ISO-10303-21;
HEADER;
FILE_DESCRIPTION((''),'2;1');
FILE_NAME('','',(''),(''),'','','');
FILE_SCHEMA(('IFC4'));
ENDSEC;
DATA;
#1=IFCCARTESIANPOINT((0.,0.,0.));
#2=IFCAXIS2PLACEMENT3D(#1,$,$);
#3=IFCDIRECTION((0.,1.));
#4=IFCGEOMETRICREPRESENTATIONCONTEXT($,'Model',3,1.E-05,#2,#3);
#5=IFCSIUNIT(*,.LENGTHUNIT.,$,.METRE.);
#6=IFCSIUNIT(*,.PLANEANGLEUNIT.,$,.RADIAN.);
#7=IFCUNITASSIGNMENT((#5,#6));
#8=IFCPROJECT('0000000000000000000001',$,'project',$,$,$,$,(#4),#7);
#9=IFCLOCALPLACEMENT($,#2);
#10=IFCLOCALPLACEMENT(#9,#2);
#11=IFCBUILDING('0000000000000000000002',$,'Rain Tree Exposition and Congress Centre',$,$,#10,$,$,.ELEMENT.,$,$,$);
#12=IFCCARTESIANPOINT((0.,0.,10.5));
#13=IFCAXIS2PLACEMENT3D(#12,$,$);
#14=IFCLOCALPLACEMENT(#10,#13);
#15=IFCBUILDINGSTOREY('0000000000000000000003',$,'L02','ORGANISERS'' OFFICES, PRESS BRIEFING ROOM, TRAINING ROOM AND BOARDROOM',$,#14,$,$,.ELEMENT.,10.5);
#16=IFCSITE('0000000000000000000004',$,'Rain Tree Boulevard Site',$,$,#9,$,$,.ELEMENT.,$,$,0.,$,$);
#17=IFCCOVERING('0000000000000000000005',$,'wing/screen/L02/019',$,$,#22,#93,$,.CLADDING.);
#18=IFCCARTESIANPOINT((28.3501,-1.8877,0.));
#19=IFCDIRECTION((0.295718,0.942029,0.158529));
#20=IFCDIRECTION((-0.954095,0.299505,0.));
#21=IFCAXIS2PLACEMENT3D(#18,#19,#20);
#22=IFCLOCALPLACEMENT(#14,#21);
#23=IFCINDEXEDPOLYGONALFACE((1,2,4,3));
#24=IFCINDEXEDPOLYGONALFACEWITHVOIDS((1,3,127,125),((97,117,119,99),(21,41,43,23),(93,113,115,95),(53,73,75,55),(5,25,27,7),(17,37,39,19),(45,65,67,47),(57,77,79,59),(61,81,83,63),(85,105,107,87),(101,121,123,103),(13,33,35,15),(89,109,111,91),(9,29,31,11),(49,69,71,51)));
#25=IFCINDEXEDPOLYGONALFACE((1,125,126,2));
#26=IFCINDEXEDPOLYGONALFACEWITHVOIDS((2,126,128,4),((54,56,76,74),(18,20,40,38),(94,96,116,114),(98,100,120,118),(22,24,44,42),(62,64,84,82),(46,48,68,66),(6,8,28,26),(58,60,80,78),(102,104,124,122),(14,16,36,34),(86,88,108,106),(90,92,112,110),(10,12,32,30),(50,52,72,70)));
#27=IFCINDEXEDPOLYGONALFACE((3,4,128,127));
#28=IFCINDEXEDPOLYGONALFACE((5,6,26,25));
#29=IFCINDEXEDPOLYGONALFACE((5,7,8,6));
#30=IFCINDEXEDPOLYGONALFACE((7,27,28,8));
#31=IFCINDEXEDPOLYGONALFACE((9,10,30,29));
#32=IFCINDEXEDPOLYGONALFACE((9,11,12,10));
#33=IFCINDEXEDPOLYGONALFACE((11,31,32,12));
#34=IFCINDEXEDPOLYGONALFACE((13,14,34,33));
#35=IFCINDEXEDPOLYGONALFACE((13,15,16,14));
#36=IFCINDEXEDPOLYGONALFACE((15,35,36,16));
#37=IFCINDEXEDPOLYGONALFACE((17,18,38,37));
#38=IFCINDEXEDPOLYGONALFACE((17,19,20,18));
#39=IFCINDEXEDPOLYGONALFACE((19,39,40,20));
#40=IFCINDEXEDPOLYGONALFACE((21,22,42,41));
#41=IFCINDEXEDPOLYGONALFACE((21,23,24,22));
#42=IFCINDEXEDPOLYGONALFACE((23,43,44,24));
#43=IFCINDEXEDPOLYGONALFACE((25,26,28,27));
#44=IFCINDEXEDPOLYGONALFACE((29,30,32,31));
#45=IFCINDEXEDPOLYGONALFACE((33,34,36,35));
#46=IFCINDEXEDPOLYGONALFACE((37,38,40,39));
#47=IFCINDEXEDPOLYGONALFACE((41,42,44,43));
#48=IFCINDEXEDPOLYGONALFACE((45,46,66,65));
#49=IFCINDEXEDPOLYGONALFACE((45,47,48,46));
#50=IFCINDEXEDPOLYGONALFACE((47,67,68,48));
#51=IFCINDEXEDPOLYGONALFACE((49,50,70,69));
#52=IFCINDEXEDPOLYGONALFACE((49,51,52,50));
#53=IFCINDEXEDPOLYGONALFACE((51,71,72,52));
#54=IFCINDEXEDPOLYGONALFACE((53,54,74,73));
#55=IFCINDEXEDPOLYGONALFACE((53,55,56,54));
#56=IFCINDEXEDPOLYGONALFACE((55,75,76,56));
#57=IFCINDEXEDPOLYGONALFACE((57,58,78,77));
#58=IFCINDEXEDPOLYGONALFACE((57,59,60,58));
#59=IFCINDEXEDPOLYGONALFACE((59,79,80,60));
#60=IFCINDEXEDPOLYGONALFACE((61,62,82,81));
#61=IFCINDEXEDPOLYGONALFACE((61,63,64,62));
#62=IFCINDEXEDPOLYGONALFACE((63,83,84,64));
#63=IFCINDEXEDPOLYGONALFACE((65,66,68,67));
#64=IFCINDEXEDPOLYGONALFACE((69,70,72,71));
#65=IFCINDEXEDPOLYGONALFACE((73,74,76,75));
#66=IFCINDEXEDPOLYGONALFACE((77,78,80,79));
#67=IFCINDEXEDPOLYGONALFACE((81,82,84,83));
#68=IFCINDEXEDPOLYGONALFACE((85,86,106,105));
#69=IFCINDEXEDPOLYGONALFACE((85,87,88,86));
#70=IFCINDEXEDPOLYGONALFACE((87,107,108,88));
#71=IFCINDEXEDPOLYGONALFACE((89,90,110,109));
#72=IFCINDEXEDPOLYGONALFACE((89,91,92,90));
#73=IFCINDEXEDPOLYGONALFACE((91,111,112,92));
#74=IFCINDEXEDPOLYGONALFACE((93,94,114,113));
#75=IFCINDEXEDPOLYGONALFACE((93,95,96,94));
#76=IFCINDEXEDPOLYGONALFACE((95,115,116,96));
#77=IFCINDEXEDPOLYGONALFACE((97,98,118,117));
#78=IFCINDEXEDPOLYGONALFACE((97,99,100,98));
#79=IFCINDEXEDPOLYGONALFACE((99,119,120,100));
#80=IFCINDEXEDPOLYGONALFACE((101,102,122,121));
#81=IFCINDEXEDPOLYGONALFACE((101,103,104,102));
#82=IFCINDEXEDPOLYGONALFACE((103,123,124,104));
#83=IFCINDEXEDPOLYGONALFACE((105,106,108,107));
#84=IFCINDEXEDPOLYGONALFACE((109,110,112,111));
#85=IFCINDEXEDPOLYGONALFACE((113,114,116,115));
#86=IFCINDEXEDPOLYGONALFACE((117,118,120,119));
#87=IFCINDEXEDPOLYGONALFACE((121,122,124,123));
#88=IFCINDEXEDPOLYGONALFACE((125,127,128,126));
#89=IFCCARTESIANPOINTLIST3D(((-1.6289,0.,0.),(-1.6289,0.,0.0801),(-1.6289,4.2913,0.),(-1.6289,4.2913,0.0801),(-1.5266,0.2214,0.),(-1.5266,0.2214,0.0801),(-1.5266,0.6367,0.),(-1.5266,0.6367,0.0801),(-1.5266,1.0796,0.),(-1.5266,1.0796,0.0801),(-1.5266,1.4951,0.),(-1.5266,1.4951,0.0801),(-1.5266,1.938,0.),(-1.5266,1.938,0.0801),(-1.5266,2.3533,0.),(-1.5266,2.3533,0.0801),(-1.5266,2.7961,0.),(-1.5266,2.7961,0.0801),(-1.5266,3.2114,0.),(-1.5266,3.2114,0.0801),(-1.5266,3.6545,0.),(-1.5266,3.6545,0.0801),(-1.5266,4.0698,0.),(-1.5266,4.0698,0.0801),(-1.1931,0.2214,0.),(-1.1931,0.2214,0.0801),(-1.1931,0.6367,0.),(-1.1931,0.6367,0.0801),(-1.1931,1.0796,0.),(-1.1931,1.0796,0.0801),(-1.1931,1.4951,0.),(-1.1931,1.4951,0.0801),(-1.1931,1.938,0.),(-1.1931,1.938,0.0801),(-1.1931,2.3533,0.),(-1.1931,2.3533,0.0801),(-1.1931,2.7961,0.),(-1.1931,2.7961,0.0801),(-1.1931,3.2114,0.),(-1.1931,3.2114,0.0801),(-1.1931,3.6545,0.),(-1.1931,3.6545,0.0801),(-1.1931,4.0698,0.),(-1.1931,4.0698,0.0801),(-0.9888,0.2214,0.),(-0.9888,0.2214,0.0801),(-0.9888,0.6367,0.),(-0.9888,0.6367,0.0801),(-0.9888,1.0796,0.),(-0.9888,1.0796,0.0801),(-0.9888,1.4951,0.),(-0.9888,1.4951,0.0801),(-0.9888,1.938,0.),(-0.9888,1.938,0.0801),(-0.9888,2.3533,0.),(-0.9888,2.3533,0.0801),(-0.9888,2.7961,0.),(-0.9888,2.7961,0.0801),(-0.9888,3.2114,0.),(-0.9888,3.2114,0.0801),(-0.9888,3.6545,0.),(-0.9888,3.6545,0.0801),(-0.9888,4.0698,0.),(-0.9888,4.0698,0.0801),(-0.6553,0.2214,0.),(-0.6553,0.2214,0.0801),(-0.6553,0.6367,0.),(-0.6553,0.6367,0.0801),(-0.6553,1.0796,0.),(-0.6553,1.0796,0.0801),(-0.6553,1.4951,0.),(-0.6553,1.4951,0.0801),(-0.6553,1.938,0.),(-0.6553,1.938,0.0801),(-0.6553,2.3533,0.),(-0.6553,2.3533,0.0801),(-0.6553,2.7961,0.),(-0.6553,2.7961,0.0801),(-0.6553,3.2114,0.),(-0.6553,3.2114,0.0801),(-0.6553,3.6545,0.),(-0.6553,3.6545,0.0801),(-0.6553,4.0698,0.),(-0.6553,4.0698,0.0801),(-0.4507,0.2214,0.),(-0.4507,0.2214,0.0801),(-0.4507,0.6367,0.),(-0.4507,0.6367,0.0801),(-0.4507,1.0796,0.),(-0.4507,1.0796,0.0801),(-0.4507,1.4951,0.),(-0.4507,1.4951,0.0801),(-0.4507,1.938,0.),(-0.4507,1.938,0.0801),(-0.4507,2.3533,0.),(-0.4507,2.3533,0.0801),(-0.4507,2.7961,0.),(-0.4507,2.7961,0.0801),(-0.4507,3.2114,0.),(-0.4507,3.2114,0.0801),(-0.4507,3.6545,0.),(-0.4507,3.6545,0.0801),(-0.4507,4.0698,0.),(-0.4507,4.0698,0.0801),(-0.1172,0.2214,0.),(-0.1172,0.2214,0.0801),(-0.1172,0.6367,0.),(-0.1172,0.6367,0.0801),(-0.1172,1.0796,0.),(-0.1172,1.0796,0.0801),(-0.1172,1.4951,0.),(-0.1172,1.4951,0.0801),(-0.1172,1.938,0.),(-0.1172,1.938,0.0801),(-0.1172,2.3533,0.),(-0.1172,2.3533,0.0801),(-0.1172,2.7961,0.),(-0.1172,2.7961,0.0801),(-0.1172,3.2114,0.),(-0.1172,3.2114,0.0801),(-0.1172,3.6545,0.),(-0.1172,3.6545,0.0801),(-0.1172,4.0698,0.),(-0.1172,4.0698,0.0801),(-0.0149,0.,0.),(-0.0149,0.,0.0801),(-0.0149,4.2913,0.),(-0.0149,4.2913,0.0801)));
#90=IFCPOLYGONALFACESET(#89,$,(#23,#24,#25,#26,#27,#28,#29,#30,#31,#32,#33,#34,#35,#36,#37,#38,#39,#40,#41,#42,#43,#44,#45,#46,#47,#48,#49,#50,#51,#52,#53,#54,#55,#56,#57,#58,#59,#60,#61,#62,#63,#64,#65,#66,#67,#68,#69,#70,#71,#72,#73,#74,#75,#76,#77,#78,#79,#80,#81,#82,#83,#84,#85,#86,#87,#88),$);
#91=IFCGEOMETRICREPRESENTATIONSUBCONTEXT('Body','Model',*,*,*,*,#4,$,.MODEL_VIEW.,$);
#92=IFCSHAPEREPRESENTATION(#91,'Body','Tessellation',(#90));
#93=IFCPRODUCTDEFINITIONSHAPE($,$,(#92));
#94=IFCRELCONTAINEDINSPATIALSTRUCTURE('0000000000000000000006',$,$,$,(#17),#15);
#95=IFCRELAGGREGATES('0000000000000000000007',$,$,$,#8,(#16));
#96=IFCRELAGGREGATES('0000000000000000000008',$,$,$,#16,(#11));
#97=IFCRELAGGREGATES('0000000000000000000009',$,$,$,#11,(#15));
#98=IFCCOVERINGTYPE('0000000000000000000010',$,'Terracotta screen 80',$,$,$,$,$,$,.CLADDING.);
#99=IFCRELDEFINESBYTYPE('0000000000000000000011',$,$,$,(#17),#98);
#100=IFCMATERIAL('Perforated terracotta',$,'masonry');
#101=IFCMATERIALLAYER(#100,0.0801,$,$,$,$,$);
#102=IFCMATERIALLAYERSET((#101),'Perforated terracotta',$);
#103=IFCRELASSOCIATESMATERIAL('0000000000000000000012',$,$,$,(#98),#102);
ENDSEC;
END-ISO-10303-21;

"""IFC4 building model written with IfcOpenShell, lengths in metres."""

from ifc_helpers import new_model, si_unit, direction, frame, origin, place, context, subcontext, project, spatial, polyline, outline, extrude, material, layer, layer_set, type_object, element, save


model = new_model("IFC4")

# Units and contexts
model_context = context("Model", 3, precision=1e-05, world=origin(), true_north=direction((0.0, 1.0)))
body_context = subcontext(model_context, "Body", "Model", "MODEL_VIEW")
ifc_project = project(units=[si_unit("LENGTHUNIT", "METRE"), si_unit("PLANEANGLEUNIT", "RADIAN")], contexts=[model_context])

# Site, building, storey
site_placement = place(None, origin())
site = spatial("IfcSite", under=ifc_project, at=site_placement, Name="Rain Tree Boulevard Site", CompositionType="ELEMENT", RefElevation=0.0)
building_placement = place(site_placement, origin())
building = spatial("IfcBuilding", under=site, at=building_placement, Name="Rain Tree Exposition and Congress Centre", CompositionType="ELEMENT")
storey_placement = place(building_placement, frame((0.0, 0.0, 10.5)))
storey = spatial("IfcBuildingStorey", under=building, at=storey_placement, Name="L02", Description="ORGANISERS' OFFICES, PRESS BRIEFING ROOM, TRAINING ROOM AND BOARDROOM", CompositionType="ELEMENT", Elevation=10.5)

# Covering
ifc_material_1 = material(Name="Perforated terracotta", Category="masonry")
ifc_layer_1 = layer(ifc_material_1, 0.0801)
ifc_layer_set_1 = layer_set([ifc_layer_1], Name="Perforated terracotta")
covering_type = type_object("IfcCoveringType", Name="Terracotta screen 80", PredefinedType="CLADDING", material=ifc_layer_set_1)
covering_1_placement = place(storey_placement, frame((28.3501, -1.8877, 0.0), z_axis=(0.295718, 0.942029, 0.158529), x_axis=(-0.954095, 0.299505, 0.0)))
element("IfcCovering", 1, at=covering_1_placement, inside=storey, type_object=covering_type, Name="wing/screen/L02/019", PredefinedType="CLADDING", context=body_context, shape_type="SweptSolid", body=[
    extrude(outline(polyline([(-1.6289, 0.0), (-1.6289, 4.2913), (-0.0149, 4.2913), (-0.0149, 0.0), (-1.6289, 0.0)]), holes=[polyline([(-0.1172, 0.2214), (-0.1172, 0.6367), (-0.4507, 0.6367), (-0.4507, 0.2214), (-0.1172, 0.2214)]), polyline([(-0.1172, 1.0796), (-0.1172, 1.4951), (-0.4507, 1.4951), (-0.4507, 1.0796), (-0.1172, 1.0796)]), polyline([(-0.1172, 1.938), (-0.1172, 2.3533), (-0.4507, 2.3533), (-0.4507, 1.938), (-0.1172, 1.938)]), polyline([(-0.1172, 2.7961), (-0.1172, 3.2114), (-0.4507, 3.2114), (-0.4507, 2.7961), (-0.1172, 2.7961)]), polyline([(-0.1172, 3.6545), (-0.1172, 4.0698), (-0.4507, 4.0698), (-0.4507, 3.6545), (-0.1172, 3.6545)]), polyline([(-0.6553, 0.2214), (-0.6553, 0.6367), (-0.9888, 0.6367), (-0.9888, 0.2214), (-0.6553, 0.2214)]), polyline([(-0.6553, 1.0796), (-0.6553, 1.4951), (-0.9888, 1.4951), (-0.9888, 1.0796), (-0.6553, 1.0796)]), polyline([(-0.6553, 1.938), (-0.6553, 2.3533), (-0.9888, 2.3533), (-0.9888, 1.938), (-0.6553, 1.938)]), polyline([(-0.6553, 2.7961), (-0.6553, 3.2114), (-0.9888, 3.2114), (-0.9888, 2.7961), (-0.6553, 2.7961)]), polyline([(-0.6553, 3.6545), (-0.6553, 4.0698), (-0.9888, 4.0698), (-0.9888, 3.6545), (-0.6553, 3.6545)]), polyline([(-1.1931, 0.2214), (-1.1931, 0.6367), (-1.5266, 0.6367), (-1.5266, 0.2214), (-1.1931, 0.2214)]), polyline([(-1.1931, 1.0796), (-1.1931, 1.4951), (-1.5266, 1.4951), (-1.5266, 1.0796), (-1.1931, 1.0796)]), polyline([(-1.1931, 1.938), (-1.1931, 2.3533), (-1.5266, 2.3533), (-1.5266, 1.938), (-1.1931, 1.938)]), polyline([(-1.1931, 2.7961), (-1.1931, 3.2114), (-1.5266, 3.2114), (-1.5266, 2.7961), (-1.1931, 2.7961)]), polyline([(-1.1931, 3.6545), (-1.1931, 4.0698), (-1.5266, 4.0698), (-1.5266, 3.6545), (-1.1931, 3.6545)])]), origin(), (0.0, 0.0, 1.0), 0.0801),
])

save(model, "model.ifc")
